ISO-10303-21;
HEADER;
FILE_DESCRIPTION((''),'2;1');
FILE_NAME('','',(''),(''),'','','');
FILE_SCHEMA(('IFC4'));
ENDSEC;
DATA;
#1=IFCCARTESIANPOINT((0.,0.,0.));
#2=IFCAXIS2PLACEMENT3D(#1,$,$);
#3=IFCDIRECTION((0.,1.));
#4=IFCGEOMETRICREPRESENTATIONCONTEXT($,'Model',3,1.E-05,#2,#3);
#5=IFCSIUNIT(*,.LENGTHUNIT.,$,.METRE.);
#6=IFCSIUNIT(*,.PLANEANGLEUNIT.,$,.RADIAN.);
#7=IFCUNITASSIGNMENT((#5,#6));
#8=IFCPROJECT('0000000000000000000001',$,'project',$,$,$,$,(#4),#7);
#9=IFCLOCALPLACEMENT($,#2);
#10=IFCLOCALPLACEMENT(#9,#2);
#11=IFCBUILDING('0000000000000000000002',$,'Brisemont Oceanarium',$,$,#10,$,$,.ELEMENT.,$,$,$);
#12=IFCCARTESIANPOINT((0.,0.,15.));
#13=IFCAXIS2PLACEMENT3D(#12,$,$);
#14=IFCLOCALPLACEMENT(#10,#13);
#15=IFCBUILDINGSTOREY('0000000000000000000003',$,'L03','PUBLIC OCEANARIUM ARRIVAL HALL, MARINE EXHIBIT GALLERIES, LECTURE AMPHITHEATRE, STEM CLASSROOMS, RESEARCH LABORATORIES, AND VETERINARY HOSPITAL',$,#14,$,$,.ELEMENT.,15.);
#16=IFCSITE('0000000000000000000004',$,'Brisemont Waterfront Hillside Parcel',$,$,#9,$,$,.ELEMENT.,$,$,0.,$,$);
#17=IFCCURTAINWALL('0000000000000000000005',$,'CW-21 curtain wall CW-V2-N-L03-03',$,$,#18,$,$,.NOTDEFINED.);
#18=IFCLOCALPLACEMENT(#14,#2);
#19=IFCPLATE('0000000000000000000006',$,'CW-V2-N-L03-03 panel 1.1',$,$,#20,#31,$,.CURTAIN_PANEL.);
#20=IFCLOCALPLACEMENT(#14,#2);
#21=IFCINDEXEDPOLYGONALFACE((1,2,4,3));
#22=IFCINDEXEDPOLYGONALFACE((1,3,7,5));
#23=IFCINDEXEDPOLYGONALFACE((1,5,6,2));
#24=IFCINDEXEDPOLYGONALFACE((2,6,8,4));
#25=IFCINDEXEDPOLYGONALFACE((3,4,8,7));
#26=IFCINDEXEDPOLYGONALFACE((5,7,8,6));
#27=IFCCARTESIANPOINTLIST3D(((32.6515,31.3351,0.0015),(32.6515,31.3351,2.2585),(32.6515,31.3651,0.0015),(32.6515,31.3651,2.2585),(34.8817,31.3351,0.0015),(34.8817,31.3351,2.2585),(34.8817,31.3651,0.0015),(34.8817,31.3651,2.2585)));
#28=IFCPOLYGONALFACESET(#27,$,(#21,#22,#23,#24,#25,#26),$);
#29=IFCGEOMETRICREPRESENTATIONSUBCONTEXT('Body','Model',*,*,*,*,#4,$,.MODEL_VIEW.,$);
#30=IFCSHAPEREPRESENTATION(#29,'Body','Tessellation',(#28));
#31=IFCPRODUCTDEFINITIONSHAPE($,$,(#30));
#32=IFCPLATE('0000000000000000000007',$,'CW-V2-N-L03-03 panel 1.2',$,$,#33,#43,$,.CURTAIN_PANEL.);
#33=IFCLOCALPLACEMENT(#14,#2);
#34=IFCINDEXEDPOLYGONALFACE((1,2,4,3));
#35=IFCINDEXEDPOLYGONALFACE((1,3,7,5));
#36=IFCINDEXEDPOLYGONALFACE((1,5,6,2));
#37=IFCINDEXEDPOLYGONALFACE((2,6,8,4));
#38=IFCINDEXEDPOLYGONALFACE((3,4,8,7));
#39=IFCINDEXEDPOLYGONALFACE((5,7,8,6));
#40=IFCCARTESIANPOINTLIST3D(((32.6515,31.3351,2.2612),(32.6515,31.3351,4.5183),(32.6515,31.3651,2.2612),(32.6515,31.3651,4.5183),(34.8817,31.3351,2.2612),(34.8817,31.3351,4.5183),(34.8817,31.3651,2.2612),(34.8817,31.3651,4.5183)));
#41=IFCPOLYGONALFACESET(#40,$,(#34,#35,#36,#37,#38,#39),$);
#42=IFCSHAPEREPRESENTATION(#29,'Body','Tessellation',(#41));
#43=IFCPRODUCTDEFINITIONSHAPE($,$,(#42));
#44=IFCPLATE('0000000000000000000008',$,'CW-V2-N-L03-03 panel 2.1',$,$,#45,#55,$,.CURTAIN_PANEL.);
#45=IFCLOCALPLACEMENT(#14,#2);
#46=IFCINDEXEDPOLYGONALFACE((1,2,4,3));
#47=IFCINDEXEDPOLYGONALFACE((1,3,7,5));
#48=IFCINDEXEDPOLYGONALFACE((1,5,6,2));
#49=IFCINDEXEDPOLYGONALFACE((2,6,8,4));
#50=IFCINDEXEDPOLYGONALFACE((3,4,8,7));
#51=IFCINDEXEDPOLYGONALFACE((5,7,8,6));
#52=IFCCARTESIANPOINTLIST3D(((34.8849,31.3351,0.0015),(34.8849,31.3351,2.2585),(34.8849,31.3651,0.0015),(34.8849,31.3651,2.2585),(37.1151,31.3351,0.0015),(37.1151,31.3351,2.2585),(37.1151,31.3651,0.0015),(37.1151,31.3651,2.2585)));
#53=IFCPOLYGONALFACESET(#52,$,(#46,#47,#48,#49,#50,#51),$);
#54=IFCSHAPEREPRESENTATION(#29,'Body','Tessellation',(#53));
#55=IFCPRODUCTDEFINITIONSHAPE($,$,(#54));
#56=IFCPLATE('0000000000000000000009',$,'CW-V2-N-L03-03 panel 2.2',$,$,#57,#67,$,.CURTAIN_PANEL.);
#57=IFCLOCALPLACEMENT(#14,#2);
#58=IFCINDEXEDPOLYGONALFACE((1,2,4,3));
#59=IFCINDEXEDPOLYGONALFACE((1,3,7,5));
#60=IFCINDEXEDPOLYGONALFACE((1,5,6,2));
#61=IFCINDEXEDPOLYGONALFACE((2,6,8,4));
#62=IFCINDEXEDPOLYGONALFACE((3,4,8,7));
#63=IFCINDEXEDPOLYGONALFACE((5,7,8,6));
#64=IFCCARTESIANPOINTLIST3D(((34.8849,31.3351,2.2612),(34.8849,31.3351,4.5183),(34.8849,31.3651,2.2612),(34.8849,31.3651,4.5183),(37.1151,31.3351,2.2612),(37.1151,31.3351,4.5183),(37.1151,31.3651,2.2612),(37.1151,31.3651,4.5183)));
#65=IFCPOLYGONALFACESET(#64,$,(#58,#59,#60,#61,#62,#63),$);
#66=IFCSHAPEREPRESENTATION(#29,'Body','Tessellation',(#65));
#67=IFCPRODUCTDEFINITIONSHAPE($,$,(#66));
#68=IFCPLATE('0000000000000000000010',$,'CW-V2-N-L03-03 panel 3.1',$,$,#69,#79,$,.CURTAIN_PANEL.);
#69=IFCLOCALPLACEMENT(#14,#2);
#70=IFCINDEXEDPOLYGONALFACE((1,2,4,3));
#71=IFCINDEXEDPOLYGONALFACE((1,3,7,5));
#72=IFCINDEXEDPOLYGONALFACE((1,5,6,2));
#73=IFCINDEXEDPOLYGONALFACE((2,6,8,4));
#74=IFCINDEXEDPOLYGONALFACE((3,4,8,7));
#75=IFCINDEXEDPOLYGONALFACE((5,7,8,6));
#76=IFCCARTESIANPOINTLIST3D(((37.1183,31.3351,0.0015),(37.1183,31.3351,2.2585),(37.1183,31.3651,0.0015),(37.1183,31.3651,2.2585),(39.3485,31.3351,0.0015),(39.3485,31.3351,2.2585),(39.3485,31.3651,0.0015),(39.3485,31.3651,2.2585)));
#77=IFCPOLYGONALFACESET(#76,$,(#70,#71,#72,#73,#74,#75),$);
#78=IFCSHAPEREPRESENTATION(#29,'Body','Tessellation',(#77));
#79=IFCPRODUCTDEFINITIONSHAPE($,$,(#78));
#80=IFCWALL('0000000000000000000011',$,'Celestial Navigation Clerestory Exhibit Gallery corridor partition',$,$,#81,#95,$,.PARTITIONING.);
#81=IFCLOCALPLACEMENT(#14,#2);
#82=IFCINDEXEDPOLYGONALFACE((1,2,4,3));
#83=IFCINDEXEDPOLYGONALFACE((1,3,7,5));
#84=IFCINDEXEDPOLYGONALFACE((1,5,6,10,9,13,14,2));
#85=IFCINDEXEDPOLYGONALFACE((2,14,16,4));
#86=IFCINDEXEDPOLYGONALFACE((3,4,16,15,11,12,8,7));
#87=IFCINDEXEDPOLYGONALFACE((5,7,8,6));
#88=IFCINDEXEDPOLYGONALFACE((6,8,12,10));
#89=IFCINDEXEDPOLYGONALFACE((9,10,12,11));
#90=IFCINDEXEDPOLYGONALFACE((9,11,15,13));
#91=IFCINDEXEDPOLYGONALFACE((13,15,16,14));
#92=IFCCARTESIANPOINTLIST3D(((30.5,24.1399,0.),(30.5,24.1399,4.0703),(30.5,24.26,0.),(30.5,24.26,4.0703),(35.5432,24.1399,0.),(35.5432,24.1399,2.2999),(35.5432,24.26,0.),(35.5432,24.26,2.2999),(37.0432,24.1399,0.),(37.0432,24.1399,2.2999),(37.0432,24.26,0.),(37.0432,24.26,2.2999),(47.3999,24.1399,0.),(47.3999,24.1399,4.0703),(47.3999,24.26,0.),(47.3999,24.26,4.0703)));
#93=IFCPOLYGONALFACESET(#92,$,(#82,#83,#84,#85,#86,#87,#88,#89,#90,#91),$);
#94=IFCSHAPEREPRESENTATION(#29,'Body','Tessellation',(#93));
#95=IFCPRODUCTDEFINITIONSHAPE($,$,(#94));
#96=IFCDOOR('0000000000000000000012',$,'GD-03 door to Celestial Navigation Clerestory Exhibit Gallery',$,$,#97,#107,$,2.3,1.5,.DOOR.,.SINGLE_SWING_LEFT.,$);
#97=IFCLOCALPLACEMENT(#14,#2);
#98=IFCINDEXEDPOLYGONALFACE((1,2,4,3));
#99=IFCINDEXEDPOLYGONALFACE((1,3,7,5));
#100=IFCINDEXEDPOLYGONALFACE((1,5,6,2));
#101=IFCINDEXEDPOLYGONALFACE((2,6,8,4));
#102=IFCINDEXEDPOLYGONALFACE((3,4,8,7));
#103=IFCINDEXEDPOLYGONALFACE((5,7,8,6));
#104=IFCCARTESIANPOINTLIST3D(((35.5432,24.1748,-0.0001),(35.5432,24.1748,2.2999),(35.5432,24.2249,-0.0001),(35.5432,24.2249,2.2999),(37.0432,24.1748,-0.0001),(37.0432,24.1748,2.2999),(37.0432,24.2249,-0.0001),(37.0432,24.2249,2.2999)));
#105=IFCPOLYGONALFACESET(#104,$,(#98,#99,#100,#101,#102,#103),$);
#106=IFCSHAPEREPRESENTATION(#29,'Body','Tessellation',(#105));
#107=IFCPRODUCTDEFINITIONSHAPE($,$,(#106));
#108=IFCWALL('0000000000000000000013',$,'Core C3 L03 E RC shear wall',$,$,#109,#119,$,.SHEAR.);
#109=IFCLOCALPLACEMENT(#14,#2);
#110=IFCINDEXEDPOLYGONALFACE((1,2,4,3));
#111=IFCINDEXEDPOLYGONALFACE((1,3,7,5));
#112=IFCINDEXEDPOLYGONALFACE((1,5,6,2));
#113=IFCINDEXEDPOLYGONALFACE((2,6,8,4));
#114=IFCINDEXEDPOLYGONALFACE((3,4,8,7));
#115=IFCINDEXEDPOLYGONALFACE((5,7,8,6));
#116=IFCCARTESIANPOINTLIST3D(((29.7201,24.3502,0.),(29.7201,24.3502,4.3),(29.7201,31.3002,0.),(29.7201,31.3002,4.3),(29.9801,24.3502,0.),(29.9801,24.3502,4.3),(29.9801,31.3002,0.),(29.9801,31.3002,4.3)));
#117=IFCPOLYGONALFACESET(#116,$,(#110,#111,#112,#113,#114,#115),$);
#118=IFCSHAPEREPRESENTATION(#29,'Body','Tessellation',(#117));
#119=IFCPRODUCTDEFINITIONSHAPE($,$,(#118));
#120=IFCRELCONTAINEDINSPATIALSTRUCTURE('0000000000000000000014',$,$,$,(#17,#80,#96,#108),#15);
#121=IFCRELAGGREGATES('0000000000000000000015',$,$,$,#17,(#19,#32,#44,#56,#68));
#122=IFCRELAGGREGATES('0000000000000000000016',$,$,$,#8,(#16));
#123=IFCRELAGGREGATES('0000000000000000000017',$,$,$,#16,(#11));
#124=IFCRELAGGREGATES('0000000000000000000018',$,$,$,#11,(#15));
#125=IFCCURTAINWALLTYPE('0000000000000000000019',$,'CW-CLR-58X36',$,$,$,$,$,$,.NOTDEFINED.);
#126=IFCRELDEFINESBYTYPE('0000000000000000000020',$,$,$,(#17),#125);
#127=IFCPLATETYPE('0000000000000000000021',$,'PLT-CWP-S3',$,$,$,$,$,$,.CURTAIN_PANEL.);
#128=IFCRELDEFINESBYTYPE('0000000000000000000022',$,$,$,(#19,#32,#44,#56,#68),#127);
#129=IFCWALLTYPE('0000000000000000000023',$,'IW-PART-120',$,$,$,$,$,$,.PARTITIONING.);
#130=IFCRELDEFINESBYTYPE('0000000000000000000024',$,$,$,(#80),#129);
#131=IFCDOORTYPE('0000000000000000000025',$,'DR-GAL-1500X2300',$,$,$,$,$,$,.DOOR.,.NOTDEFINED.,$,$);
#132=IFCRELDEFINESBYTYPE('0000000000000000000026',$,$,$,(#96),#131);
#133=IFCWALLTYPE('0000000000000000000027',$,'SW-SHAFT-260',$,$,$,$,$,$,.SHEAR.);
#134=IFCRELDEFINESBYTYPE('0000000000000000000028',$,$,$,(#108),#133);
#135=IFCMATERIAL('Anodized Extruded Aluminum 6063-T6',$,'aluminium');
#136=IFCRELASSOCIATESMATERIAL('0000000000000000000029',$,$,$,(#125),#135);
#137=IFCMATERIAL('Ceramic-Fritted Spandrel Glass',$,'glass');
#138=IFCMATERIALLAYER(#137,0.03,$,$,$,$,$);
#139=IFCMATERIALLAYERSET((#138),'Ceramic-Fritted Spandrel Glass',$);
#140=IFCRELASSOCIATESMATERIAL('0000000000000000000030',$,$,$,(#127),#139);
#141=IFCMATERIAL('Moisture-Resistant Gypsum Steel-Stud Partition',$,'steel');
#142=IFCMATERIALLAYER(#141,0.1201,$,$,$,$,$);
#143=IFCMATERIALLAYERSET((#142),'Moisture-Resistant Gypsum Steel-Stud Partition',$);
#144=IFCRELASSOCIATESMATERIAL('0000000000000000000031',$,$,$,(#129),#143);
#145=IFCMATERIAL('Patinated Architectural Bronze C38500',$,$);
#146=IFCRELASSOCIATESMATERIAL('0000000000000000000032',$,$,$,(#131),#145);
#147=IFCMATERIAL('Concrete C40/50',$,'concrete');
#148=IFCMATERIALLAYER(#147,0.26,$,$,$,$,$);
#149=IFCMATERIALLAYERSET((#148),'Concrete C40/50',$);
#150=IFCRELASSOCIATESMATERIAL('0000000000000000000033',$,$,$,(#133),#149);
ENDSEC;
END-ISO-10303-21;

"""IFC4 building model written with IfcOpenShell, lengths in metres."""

from ifc_helpers import new_model, si_unit, direction, frame, frame_2d, origin, origin_2d, place, context, subcontext, project, spatial, rectangle, extrude, material, layer, layer_set, type_object, element, fill, aggregate, save


model = new_model("IFC4")

# Units and contexts
model_context = context("Model", 3, precision=1e-05, world=origin(), true_north=direction((0.0, 1.0)))
body_context = subcontext(model_context, "Body", "Model", "MODEL_VIEW")
ifc_project = project(units=[si_unit("LENGTHUNIT", "METRE"), si_unit("PLANEANGLEUNIT", "RADIAN")], contexts=[model_context])

# Site, building, storey
site_placement = place(None, origin())
site = spatial("IfcSite", under=ifc_project, at=site_placement, Name="Brisemont Waterfront Hillside Parcel", CompositionType="ELEMENT", RefElevation=0.0)
building_placement = place(site_placement, origin())
building = spatial("IfcBuilding", under=site, at=building_placement, Name="Brisemont Oceanarium", CompositionType="ELEMENT")
storey_placement = place(building_placement, frame((0.0, 0.0, 15.0)))
storey = spatial("IfcBuildingStorey", under=building, at=storey_placement, Name="L03", Description="PUBLIC OCEANARIUM ARRIVAL HALL, MARINE EXHIBIT GALLERIES, LECTURE AMPHITHEATRE, STEM CLASSROOMS, RESEARCH LABORATORIES, AND VETERINARY HOSPITAL", CompositionType="ELEMENT", Elevation=15.0)

# Curtain wall
ifc_material_1 = material(Name="Anodized Extruded Aluminum 6063-T6", Category="aluminium")
curtain_wall_type = type_object("IfcCurtainWallType", Name="CW-CLR-58X36", PredefinedType="NOTDEFINED", material=ifc_material_1)
curtain_wall_1_placement = place(storey_placement, origin())
curtain_wall_1 = element("IfcCurtainWall", 1, at=curtain_wall_1_placement, inside=storey, type_object=curtain_wall_type, Name="CW-21 curtain wall CW-V2-N-L03-03", PredefinedType="NOTDEFINED")

# Plates
ifc_material_2 = material(Name="Ceramic-Fritted Spandrel Glass", Category="glass")
ifc_layer_1 = layer(ifc_material_2, 0.03)
ifc_layer_set_1 = layer_set([ifc_layer_1], Name="Ceramic-Fritted Spandrel Glass")
plate_type = type_object("IfcPlateType", Name="PLT-CWP-S3", PredefinedType="CURTAIN_PANEL", material=ifc_layer_set_1)
plate_1_placement = place(storey_placement, frame((33.7666, 31.3501, 0.0015), z_axis=(0.0, 0.0, 1.0), x_axis=(1.0, 0.0, 0.0)))
plate_1 = element("IfcPlate", 2, at=plate_1_placement, type_object=plate_type, Name="CW-V2-N-L03-03 panel 1.1", PredefinedType="CURTAIN_PANEL", context=body_context, shape_type="SweptSolid", body=[
    extrude(rectangle(XDim=2.2302, YDim=0.03, at=origin_2d()), origin(), (0.0, 0.0, 1.0), 2.2571),
])
plate_2_placement = place(storey_placement, frame((33.7666, 31.3501, 2.2612), z_axis=(0.0, 0.0, 1.0), x_axis=(1.0, 0.0, 0.0)))
plate_2 = element("IfcPlate", 3, at=plate_2_placement, type_object=plate_type, Name="CW-V2-N-L03-03 panel 1.2", PredefinedType="CURTAIN_PANEL", context=body_context, shape_type="SweptSolid", body=[
    extrude(rectangle(XDim=2.2302, YDim=0.03, at=origin_2d()), origin(), (0.0, 0.0, 1.0), 2.2571),
])
plate_3_placement = place(storey_placement, frame((36.0, 31.3501, 0.0015), z_axis=(0.0, 0.0, 1.0), x_axis=(1.0, 0.0, 0.0)))
plate_3 = element("IfcPlate", 4, at=plate_3_placement, type_object=plate_type, Name="CW-V2-N-L03-03 panel 2.1", PredefinedType="CURTAIN_PANEL", context=body_context, shape_type="SweptSolid", body=[
    extrude(rectangle(XDim=2.2302, YDim=0.03, at=origin_2d()), origin(), (0.0, 0.0, 1.0), 2.2571),
])
plate_4_placement = place(storey_placement, frame((36.0, 31.3501, 2.2612), z_axis=(0.0, 0.0, 1.0), x_axis=(1.0, 0.0, 0.0)))
plate_4 = element("IfcPlate", 5, at=plate_4_placement, type_object=plate_type, Name="CW-V2-N-L03-03 panel 2.2", PredefinedType="CURTAIN_PANEL", context=body_context, shape_type="SweptSolid", body=[
    extrude(rectangle(XDim=2.2302, YDim=0.03, at=origin_2d()), origin(), (0.0, 0.0, 1.0), 2.2571),
])
plate_5_placement = place(storey_placement, frame((38.2334, 31.3501, 0.0015), z_axis=(0.0, 0.0, 1.0), x_axis=(1.0, 0.0, 0.0)))
plate_5 = element("IfcPlate", 6, at=plate_5_placement, type_object=plate_type, Name="CW-V2-N-L03-03 panel 3.1", PredefinedType="CURTAIN_PANEL", context=body_context, shape_type="SweptSolid", body=[
    extrude(rectangle(XDim=2.2302, YDim=0.03, at=origin_2d()), origin(), (0.0, 0.0, 1.0), 2.2571),
])
aggregate(curtain_wall_1, [plate_1, plate_2, plate_3, plate_4, plate_5])

# Wall, opening, door
ifc_material_3 = material(Name="Moisture-Resistant Gypsum Steel-Stud Partition", Category="steel")
ifc_layer_2 = layer(ifc_material_3, 0.1201)
ifc_layer_set_2 = layer_set([ifc_layer_2], Name="Moisture-Resistant Gypsum Steel-Stud Partition")
wall_type_1 = type_object("IfcWallType", Name="IW-PART-120", PredefinedType="PARTITIONING", material=ifc_layer_set_2)
wall_1_placement = place(storey_placement, frame((30.5, 24.2, 0.0), z_axis=(0.0, 0.0, 1.0), x_axis=(1.0, 0.0, 0.0)))
wall_1 = element("IfcWall", 7, at=wall_1_placement, inside=storey, type_object=wall_type_1, Name="Celestial Navigation Clerestory Exhibit Gallery corridor partition", PredefinedType="PARTITIONING", context=body_context, shape_type="SweptSolid", body=[
    extrude(rectangle(XDim=16.8999, YDim=0.1201, at=frame_2d((8.45, 0.0))), origin(), (0.0, 0.0, 1.0), 4.0703),
])
opening_placement = place(wall_1_placement, frame((5.0432, 0.0, 0.0)))
opening = element("IfcOpeningElement", 8, at=opening_placement, cuts=wall_1, PredefinedType="OPENING", context=body_context, shape_type="SweptSolid", body=[
    extrude(rectangle(XDim=1.5, YDim=2.3, at=frame_2d((0.75, 1.1499))), frame((0.0, 0.0701, 0.0), z_axis=(0.0, -1.0, 0.0), x_axis=(1.0, 0.0, 0.0)), (0.0, 0.0, 1.0), 0.1401),
])
ifc_material_4 = material(Name="Patinated Architectural Bronze C38500")
door_type = type_object("IfcDoorType", Name="DR-GAL-1500X2300", OperationType="NOTDEFINED", PredefinedType="DOOR", material=ifc_material_4)
door_placement = place(opening_placement, origin())
door = element("IfcDoor", 9, at=door_placement, inside=storey, type_object=door_type, Name="GD-03 door to Celestial Navigation Clerestory Exhibit Gallery", OperationType="SINGLE_SWING_LEFT", OverallHeight=2.3, OverallWidth=1.5, PredefinedType="DOOR", context=body_context, shape_type="SweptSolid", body=[
    extrude(rectangle(XDim=1.5, YDim=2.3, at=frame_2d((0.75, 1.1499))), frame((0.0, 0.0249, 0.0), z_axis=(0.0, -1.0, 0.0), x_axis=(1.0, 0.0, 0.0)), (0.0, 0.0, 1.0), 0.05),
])
fill(opening, door)

# Wall
ifc_material_5 = material(Name="Concrete C40/50", Category="concrete")
ifc_layer_3 = layer(ifc_material_5, 0.26)
ifc_layer_set_3 = layer_set([ifc_layer_3], Name="Concrete C40/50")
wall_type_2 = type_object("IfcWallType", Name="SW-SHAFT-260", PredefinedType="SHEAR", material=ifc_layer_set_3)
wall_2_placement = place(storey_placement, frame((29.8501, 24.3501, 0.0), z_axis=(0.0, 0.0, 1.0), x_axis=(0.0, 1.0, 0.0)))
element("IfcWall", 10, at=wall_2_placement, inside=storey, type_object=wall_type_2, Name="Core C3 L03 E RC shear wall", PredefinedType="SHEAR", context=body_context, shape_type="SweptSolid", body=[
    extrude(rectangle(XDim=6.95, YDim=0.26, at=frame_2d((3.4751, 0.0))), origin(), (0.0, 0.0, 1.0), 4.3),
])

save(model, "model.ifc")
